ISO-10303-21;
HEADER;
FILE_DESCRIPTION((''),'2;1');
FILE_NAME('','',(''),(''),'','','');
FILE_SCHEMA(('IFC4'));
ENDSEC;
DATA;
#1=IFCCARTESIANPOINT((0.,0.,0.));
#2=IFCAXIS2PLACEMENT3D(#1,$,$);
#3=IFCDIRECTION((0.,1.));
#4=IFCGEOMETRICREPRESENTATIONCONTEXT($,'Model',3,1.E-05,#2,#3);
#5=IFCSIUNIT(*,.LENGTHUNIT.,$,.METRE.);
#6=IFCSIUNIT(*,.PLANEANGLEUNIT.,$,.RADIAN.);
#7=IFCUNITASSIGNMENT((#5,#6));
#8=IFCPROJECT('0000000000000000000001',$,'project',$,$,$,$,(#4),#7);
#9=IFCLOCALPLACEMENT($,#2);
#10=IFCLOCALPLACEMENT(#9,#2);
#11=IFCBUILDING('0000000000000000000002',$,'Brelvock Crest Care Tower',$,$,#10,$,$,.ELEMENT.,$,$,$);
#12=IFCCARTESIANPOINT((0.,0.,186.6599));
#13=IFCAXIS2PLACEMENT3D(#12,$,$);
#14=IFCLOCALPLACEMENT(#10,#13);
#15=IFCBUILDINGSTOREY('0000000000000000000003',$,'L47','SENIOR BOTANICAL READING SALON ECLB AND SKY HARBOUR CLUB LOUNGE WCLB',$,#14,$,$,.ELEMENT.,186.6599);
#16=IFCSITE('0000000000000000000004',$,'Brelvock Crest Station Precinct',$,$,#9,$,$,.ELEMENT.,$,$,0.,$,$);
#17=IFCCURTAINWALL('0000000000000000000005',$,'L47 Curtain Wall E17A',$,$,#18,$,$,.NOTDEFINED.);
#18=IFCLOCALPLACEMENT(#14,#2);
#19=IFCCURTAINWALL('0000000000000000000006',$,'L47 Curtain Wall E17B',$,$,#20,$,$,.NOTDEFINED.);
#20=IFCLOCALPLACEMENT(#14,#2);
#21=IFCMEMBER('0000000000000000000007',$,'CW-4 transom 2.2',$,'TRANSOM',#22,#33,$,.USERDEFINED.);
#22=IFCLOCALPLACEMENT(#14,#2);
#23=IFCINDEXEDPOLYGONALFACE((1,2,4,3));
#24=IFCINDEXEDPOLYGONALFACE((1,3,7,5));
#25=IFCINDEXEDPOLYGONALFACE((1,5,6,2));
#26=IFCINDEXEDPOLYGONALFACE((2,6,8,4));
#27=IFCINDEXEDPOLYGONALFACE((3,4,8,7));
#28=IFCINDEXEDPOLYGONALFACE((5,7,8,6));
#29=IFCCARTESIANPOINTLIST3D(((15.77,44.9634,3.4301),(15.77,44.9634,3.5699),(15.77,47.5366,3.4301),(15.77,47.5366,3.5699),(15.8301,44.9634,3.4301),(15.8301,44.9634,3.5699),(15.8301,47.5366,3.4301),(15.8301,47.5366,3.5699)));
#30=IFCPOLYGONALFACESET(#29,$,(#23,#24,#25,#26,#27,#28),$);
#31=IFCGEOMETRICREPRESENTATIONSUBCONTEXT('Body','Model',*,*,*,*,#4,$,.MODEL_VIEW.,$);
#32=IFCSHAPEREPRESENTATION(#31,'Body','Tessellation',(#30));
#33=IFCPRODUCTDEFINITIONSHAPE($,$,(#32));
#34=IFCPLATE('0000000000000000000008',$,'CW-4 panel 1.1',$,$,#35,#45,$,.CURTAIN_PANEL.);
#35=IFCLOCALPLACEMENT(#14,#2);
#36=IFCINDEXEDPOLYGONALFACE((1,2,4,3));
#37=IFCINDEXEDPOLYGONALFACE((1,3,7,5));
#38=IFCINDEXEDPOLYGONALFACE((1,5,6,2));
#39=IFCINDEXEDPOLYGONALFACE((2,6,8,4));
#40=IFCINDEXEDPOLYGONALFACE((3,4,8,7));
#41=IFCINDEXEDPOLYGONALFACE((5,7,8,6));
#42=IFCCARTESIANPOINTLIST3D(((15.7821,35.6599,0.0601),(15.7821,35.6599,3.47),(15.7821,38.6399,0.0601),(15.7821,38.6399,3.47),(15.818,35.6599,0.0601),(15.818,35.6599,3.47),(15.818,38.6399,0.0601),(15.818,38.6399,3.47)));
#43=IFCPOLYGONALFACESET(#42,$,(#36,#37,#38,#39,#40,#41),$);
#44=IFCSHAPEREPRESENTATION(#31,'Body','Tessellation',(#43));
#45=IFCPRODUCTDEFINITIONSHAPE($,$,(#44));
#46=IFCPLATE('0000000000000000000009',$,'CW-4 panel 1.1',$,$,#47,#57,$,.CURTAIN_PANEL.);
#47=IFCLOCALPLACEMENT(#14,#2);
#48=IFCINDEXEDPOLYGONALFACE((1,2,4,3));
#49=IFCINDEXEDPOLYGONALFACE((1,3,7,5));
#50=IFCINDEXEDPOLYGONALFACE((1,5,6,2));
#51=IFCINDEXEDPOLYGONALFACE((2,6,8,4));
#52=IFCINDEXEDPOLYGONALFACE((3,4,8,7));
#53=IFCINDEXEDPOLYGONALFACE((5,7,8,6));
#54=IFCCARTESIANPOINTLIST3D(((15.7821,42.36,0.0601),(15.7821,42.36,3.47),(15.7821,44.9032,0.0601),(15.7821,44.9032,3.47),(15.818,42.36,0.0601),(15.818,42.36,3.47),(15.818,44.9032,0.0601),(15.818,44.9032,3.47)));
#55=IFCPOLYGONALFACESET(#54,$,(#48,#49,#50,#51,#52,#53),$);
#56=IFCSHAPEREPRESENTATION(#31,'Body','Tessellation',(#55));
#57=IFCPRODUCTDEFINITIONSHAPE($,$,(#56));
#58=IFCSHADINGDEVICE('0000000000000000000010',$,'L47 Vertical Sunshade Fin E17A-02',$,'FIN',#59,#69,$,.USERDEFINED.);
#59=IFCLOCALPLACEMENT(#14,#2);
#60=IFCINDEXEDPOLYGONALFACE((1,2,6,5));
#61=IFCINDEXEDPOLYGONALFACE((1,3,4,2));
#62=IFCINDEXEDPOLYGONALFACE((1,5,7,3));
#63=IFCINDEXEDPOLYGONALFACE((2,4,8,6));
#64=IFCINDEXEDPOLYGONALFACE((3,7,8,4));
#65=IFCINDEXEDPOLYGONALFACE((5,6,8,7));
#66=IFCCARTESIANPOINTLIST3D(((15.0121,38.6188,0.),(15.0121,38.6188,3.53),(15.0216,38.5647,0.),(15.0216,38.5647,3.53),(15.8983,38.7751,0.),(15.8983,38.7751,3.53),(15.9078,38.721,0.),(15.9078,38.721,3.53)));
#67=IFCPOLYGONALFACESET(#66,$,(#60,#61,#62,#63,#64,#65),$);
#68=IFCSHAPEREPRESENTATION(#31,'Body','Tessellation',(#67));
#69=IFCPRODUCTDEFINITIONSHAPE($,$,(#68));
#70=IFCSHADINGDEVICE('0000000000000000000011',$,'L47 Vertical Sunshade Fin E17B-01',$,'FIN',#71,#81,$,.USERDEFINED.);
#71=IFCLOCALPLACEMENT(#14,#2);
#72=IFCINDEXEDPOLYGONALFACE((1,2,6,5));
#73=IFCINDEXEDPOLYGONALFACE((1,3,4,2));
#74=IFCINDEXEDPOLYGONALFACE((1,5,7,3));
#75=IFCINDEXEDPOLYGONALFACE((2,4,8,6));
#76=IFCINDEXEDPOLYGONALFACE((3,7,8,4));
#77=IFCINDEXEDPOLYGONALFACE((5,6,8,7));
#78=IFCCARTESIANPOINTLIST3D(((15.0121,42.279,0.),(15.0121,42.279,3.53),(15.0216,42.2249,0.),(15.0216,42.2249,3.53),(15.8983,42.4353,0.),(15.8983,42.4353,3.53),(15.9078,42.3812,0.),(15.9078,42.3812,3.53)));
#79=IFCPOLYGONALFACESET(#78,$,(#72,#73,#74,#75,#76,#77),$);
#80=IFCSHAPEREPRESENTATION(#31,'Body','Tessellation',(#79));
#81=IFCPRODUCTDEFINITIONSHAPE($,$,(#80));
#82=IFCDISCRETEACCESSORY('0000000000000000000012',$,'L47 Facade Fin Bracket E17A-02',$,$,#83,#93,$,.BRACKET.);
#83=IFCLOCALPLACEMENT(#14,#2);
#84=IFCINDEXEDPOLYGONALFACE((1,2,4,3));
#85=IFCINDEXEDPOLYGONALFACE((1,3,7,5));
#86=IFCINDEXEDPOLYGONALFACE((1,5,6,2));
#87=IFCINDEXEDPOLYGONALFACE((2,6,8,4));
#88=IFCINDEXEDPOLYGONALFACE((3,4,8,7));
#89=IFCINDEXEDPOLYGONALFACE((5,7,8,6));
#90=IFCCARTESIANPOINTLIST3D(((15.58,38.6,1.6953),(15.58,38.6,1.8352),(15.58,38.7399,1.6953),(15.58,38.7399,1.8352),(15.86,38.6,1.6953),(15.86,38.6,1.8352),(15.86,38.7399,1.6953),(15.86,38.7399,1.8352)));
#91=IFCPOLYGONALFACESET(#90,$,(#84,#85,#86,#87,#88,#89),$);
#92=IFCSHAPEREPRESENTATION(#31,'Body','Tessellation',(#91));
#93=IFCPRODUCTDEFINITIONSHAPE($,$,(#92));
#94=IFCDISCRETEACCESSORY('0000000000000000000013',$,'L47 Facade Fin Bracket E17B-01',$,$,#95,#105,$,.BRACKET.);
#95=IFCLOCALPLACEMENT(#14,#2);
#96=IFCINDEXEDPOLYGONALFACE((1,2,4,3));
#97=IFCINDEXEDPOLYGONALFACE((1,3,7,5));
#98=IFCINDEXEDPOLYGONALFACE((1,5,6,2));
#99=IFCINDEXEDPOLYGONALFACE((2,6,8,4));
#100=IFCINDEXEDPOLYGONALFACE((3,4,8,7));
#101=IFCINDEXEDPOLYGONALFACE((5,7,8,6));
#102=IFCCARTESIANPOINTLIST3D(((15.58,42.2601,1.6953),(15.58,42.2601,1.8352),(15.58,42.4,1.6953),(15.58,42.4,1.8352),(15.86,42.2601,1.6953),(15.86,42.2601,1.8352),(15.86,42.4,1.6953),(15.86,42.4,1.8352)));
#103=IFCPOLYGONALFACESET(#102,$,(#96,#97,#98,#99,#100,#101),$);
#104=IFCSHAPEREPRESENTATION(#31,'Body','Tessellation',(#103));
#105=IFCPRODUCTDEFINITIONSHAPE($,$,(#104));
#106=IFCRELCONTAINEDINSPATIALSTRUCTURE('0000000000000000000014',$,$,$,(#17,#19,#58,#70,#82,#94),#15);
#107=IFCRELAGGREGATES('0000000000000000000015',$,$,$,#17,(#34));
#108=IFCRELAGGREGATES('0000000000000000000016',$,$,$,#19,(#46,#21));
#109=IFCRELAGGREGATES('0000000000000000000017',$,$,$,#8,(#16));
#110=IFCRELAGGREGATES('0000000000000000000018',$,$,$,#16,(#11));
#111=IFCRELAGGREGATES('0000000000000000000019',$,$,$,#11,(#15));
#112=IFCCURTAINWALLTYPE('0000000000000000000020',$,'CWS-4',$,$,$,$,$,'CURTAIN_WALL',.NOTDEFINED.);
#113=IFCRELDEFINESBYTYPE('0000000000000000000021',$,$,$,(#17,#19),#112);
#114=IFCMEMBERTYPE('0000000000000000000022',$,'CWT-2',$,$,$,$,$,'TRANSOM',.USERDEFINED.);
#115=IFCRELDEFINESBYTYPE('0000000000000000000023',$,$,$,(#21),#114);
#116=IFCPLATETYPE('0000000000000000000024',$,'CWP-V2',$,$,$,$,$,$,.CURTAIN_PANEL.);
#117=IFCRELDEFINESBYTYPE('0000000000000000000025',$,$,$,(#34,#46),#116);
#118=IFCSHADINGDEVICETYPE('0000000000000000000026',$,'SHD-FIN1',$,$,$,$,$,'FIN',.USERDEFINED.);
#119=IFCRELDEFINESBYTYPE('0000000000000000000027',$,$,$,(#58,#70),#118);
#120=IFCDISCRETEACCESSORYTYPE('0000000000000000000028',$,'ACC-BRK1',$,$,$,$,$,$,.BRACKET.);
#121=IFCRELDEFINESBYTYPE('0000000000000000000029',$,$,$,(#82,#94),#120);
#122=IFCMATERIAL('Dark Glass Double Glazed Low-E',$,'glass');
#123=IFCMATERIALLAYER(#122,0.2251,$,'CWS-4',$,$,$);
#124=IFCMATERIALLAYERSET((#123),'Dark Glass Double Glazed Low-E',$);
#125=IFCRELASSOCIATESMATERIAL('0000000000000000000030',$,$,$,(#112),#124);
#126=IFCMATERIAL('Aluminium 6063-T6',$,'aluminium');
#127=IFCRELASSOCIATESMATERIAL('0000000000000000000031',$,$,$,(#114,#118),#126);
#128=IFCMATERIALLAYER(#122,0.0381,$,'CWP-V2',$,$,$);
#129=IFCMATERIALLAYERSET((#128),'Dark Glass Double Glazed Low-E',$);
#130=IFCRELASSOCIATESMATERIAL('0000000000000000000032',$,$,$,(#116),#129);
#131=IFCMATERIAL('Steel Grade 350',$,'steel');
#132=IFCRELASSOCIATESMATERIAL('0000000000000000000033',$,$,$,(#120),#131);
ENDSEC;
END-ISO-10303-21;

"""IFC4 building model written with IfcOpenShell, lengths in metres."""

from ifc_helpers import new_model, si_unit, direction, frame, origin, origin_2d, place, context, subcontext, project, spatial, rectangle, extrude, source, transform, mapped, material, layer, layer_set, material_profile, profile_set, type_object, element, aggregate, save


model = new_model("IFC4")

# Units and contexts
model_context = context("Model", 3, precision=1e-05, world=origin(), true_north=direction((0.0, 1.0)))
body_context = subcontext(model_context, "Body", "Model", "MODEL_VIEW")
ifc_project = project(units=[si_unit("LENGTHUNIT", "METRE"), si_unit("PLANEANGLEUNIT", "RADIAN")], contexts=[model_context])

# Site, building, storey
site_placement = place(None, origin())
site = spatial("IfcSite", under=ifc_project, at=site_placement, Name="Brelvock Crest Station Precinct", CompositionType="ELEMENT", RefElevation=0.0)
building_placement = place(site_placement, origin())
building = spatial("IfcBuilding", under=site, at=building_placement, Name="Brelvock Crest Care Tower", CompositionType="ELEMENT")
storey_placement = place(building_placement, frame((0.0, 0.0, 186.6599)))
storey = spatial("IfcBuildingStorey", under=building, at=storey_placement, Name="L47", Description="SENIOR BOTANICAL READING SALON ECLB AND SKY HARBOUR CLUB LOUNGE WCLB", CompositionType="ELEMENT", Elevation=186.6599)

# Shared definitions
ifc_material_1 = material(Name="Steel Grade 350", Category="steel")

# Curtain wall
ifc_material_2 = material(Name="Dark Glass Double Glazed Low-E", Category="glass")
ifc_layer_1 = layer(ifc_material_2, 0.2251, Name="CWS-4")
ifc_layer_set_1 = layer_set([ifc_layer_1], Name="Dark Glass Double Glazed Low-E")
curtain_wall_type = type_object("IfcCurtainWallType", Name="CWS-4", ElementType="CURTAIN_WALL", PredefinedType="NOTDEFINED", material=ifc_layer_set_1)
curtain_wall_1_placement = place(storey_placement, origin())
curtain_wall_1 = element("IfcCurtainWall", 1, at=curtain_wall_1_placement, inside=storey, type_object=curtain_wall_type, Name="L47 Curtain Wall E17A", PredefinedType="NOTDEFINED")
ifc_material_3 = material(Name="Aluminium 6063-T6", Category="aluminium")

# Curtain wall, member
curtain_wall_2_placement = place(storey_placement, origin())
curtain_wall_2 = element("IfcCurtainWall", 2, at=curtain_wall_2_placement, inside=storey, type_object=curtain_wall_type, Name="L47 Curtain Wall E17B", PredefinedType="NOTDEFINED")
ifc_material_profile_1 = material_profile(ifc_material_3, rectangle(XDim=0.0601, YDim=0.1399, at=origin_2d()), Name="ALU60x140")
ifc_profile_set_1 = profile_set([ifc_material_profile_1], Name="Aluminium 6063-T6")
member_type_1 = type_object("IfcMemberType", Name="CWT-2", ElementType="TRANSOM", PredefinedType="USERDEFINED", material=ifc_profile_set_1)
shared_shape_1 = source(origin(), body_context, "Body", "SweptSolid", [
    extrude(rectangle(XDim=0.0601, YDim=0.1399, at=origin_2d()), origin(), (0.0, 0.0, 1.0), 2.5732),
])
member_1_placement = place(storey_placement, frame((15.8, 44.9634, 3.5), z_axis=(0.0, 1.0, 0.0), x_axis=(-1.0, 0.0, 0.0)))
member_1 = element("IfcMember", 3, at=member_1_placement, type_object=member_type_1, Name="CW-4 transom 2.2", ObjectType="TRANSOM", PredefinedType="USERDEFINED", context=body_context, shape_type="MappedRepresentation", body=[
    mapped(shared_shape_1, transform((0.0, 0.0, 0.0), x_axis=(1.0, 0.0, 0.0), y_axis=(0.0, 1.0, 0.0), z_axis=(0.0, 0.0, 1.0), scale=1.0)),
])

# Plates
ifc_layer_2 = layer(ifc_material_2, 0.0381, Name="CWP-V2")
ifc_layer_set_2 = layer_set([ifc_layer_2], Name="Dark Glass Double Glazed Low-E")
plate_type = type_object("IfcPlateType", Name="CWP-V2", PredefinedType="CURTAIN_PANEL", material=ifc_layer_set_2)
shared_shape_2 = source(origin(), body_context, "Body", "SweptSolid", [
    extrude(rectangle(XDim=2.98, YDim=0.0359, at=origin_2d()), origin(), (0.0, 0.0, 1.0), 3.4099),
])
plate_1_placement = place(storey_placement, frame((15.8, 37.1499, 0.0601), z_axis=(0.0, 0.0, 1.0), x_axis=(0.0, 1.0, 0.0)))
plate_1 = element("IfcPlate", 4, at=plate_1_placement, type_object=plate_type, Name="CW-4 panel 1.1", PredefinedType="CURTAIN_PANEL", context=body_context, shape_type="MappedRepresentation", body=[
    mapped(shared_shape_2, transform((0.0, 0.0, 0.0), x_axis=(1.0, 0.0, 0.0), y_axis=(0.0, 1.0, 0.0), z_axis=(0.0, 0.0, 1.0), scale=1.0)),
])
aggregate(curtain_wall_1, [plate_1])
shared_shape_3 = source(origin(), body_context, "Body", "SweptSolid", [
    extrude(rectangle(XDim=2.5432, YDim=0.0359, at=origin_2d()), origin(), (0.0, 0.0, 1.0), 3.4099),
])
plate_2_placement = place(storey_placement, frame((15.8, 43.6316, 0.0601), z_axis=(0.0, 0.0, 1.0), x_axis=(0.0, 1.0, 0.0)))
plate_2 = element("IfcPlate", 5, at=plate_2_placement, type_object=plate_type, Name="CW-4 panel 1.1", PredefinedType="CURTAIN_PANEL", context=body_context, shape_type="MappedRepresentation", body=[
    mapped(shared_shape_3, transform((0.0, 0.0, 0.0), x_axis=(1.0, 0.0, 0.0), y_axis=(0.0, 1.0, 0.0), z_axis=(0.0, 0.0, 1.0), scale=1.0)),
])
aggregate(curtain_wall_2, [plate_2, member_1])

# Shading devices
ifc_material_profile_2 = material_profile(ifc_material_3, rectangle(XDim=0.0549, YDim=0.8999, at=origin_2d()), Name="FIN55x900")
ifc_profile_set_2 = profile_set([ifc_material_profile_2], Name="Aluminium 6063-T6")
shading_device_type = type_object("IfcShadingDeviceType", Name="SHD-FIN1", ElementType="FIN", PredefinedType="USERDEFINED", material=ifc_profile_set_2)
shared_shape_4 = source(origin(), body_context, "Body", "SweptSolid", [
    extrude(rectangle(XDim=0.0549, YDim=0.8999, at=origin_2d()), origin(), (0.0, 0.0, 1.0), 3.53),
])
for number, where, z_axis, x_axis, name in (
    (6, (15.46, 38.6699, 0.0), (0.0, 0.0, 1.0), (-0.173648, 0.984808, 0.0), "L47 Vertical Sunshade Fin E17A-02"),
    (7, (15.46, 42.3301, 0.0), (0.0, 0.0, 1.0), (-0.173648, 0.984808, 0.0), "L47 Vertical Sunshade Fin E17B-01"),
):
    element("IfcShadingDevice", number, at=place(storey_placement, frame(where, z_axis=z_axis, x_axis=x_axis)), inside=storey, type_object=shading_device_type, Name=name, ObjectType="FIN", PredefinedType="USERDEFINED", context=body_context, shape_type="MappedRepresentation", body=[
        mapped(shared_shape_4, transform((0.0, 0.0, 0.0), x_axis=(1.0, 0.0, 0.0), y_axis=(0.0, 1.0, 0.0), z_axis=(0.0, 0.0, 1.0), scale=1.0)),
    ])

# Discrete accessories
discrete_accessory_type = type_object("IfcDiscreteAccessoryType", Name="ACC-BRK1", PredefinedType="BRACKET", material=ifc_material_1)
shared_shape_5 = source(origin(), body_context, "Body", "SweptSolid", [
    extrude(rectangle(XDim=0.28, YDim=0.1399, at=origin_2d()), origin(), (0.0, 0.0, 1.0), 0.1399),
])
for number, where, z_axis, x_axis, name in (
    (8, (15.72, 38.6699, 1.6953), (0.0, 0.0, 1.0), (-1.0, 0.0, 0.0), "L47 Facade Fin Bracket E17A-02"),
    (9, (15.72, 42.3301, 1.6953), (0.0, 0.0, 1.0), (-1.0, 0.0, 0.0), "L47 Facade Fin Bracket E17B-01"),
):
    element("IfcDiscreteAccessory", number, at=place(storey_placement, frame(where, z_axis=z_axis, x_axis=x_axis)), inside=storey, type_object=discrete_accessory_type, Name=name, PredefinedType="BRACKET", context=body_context, shape_type="MappedRepresentation", body=[
        mapped(shared_shape_5, transform((0.0, 0.0, 0.0), x_axis=(1.0, 0.0, 0.0), y_axis=(0.0, 1.0, 0.0), z_axis=(0.0, 0.0, 1.0), scale=1.0)),
    ])

save(model, "model.ifc")
